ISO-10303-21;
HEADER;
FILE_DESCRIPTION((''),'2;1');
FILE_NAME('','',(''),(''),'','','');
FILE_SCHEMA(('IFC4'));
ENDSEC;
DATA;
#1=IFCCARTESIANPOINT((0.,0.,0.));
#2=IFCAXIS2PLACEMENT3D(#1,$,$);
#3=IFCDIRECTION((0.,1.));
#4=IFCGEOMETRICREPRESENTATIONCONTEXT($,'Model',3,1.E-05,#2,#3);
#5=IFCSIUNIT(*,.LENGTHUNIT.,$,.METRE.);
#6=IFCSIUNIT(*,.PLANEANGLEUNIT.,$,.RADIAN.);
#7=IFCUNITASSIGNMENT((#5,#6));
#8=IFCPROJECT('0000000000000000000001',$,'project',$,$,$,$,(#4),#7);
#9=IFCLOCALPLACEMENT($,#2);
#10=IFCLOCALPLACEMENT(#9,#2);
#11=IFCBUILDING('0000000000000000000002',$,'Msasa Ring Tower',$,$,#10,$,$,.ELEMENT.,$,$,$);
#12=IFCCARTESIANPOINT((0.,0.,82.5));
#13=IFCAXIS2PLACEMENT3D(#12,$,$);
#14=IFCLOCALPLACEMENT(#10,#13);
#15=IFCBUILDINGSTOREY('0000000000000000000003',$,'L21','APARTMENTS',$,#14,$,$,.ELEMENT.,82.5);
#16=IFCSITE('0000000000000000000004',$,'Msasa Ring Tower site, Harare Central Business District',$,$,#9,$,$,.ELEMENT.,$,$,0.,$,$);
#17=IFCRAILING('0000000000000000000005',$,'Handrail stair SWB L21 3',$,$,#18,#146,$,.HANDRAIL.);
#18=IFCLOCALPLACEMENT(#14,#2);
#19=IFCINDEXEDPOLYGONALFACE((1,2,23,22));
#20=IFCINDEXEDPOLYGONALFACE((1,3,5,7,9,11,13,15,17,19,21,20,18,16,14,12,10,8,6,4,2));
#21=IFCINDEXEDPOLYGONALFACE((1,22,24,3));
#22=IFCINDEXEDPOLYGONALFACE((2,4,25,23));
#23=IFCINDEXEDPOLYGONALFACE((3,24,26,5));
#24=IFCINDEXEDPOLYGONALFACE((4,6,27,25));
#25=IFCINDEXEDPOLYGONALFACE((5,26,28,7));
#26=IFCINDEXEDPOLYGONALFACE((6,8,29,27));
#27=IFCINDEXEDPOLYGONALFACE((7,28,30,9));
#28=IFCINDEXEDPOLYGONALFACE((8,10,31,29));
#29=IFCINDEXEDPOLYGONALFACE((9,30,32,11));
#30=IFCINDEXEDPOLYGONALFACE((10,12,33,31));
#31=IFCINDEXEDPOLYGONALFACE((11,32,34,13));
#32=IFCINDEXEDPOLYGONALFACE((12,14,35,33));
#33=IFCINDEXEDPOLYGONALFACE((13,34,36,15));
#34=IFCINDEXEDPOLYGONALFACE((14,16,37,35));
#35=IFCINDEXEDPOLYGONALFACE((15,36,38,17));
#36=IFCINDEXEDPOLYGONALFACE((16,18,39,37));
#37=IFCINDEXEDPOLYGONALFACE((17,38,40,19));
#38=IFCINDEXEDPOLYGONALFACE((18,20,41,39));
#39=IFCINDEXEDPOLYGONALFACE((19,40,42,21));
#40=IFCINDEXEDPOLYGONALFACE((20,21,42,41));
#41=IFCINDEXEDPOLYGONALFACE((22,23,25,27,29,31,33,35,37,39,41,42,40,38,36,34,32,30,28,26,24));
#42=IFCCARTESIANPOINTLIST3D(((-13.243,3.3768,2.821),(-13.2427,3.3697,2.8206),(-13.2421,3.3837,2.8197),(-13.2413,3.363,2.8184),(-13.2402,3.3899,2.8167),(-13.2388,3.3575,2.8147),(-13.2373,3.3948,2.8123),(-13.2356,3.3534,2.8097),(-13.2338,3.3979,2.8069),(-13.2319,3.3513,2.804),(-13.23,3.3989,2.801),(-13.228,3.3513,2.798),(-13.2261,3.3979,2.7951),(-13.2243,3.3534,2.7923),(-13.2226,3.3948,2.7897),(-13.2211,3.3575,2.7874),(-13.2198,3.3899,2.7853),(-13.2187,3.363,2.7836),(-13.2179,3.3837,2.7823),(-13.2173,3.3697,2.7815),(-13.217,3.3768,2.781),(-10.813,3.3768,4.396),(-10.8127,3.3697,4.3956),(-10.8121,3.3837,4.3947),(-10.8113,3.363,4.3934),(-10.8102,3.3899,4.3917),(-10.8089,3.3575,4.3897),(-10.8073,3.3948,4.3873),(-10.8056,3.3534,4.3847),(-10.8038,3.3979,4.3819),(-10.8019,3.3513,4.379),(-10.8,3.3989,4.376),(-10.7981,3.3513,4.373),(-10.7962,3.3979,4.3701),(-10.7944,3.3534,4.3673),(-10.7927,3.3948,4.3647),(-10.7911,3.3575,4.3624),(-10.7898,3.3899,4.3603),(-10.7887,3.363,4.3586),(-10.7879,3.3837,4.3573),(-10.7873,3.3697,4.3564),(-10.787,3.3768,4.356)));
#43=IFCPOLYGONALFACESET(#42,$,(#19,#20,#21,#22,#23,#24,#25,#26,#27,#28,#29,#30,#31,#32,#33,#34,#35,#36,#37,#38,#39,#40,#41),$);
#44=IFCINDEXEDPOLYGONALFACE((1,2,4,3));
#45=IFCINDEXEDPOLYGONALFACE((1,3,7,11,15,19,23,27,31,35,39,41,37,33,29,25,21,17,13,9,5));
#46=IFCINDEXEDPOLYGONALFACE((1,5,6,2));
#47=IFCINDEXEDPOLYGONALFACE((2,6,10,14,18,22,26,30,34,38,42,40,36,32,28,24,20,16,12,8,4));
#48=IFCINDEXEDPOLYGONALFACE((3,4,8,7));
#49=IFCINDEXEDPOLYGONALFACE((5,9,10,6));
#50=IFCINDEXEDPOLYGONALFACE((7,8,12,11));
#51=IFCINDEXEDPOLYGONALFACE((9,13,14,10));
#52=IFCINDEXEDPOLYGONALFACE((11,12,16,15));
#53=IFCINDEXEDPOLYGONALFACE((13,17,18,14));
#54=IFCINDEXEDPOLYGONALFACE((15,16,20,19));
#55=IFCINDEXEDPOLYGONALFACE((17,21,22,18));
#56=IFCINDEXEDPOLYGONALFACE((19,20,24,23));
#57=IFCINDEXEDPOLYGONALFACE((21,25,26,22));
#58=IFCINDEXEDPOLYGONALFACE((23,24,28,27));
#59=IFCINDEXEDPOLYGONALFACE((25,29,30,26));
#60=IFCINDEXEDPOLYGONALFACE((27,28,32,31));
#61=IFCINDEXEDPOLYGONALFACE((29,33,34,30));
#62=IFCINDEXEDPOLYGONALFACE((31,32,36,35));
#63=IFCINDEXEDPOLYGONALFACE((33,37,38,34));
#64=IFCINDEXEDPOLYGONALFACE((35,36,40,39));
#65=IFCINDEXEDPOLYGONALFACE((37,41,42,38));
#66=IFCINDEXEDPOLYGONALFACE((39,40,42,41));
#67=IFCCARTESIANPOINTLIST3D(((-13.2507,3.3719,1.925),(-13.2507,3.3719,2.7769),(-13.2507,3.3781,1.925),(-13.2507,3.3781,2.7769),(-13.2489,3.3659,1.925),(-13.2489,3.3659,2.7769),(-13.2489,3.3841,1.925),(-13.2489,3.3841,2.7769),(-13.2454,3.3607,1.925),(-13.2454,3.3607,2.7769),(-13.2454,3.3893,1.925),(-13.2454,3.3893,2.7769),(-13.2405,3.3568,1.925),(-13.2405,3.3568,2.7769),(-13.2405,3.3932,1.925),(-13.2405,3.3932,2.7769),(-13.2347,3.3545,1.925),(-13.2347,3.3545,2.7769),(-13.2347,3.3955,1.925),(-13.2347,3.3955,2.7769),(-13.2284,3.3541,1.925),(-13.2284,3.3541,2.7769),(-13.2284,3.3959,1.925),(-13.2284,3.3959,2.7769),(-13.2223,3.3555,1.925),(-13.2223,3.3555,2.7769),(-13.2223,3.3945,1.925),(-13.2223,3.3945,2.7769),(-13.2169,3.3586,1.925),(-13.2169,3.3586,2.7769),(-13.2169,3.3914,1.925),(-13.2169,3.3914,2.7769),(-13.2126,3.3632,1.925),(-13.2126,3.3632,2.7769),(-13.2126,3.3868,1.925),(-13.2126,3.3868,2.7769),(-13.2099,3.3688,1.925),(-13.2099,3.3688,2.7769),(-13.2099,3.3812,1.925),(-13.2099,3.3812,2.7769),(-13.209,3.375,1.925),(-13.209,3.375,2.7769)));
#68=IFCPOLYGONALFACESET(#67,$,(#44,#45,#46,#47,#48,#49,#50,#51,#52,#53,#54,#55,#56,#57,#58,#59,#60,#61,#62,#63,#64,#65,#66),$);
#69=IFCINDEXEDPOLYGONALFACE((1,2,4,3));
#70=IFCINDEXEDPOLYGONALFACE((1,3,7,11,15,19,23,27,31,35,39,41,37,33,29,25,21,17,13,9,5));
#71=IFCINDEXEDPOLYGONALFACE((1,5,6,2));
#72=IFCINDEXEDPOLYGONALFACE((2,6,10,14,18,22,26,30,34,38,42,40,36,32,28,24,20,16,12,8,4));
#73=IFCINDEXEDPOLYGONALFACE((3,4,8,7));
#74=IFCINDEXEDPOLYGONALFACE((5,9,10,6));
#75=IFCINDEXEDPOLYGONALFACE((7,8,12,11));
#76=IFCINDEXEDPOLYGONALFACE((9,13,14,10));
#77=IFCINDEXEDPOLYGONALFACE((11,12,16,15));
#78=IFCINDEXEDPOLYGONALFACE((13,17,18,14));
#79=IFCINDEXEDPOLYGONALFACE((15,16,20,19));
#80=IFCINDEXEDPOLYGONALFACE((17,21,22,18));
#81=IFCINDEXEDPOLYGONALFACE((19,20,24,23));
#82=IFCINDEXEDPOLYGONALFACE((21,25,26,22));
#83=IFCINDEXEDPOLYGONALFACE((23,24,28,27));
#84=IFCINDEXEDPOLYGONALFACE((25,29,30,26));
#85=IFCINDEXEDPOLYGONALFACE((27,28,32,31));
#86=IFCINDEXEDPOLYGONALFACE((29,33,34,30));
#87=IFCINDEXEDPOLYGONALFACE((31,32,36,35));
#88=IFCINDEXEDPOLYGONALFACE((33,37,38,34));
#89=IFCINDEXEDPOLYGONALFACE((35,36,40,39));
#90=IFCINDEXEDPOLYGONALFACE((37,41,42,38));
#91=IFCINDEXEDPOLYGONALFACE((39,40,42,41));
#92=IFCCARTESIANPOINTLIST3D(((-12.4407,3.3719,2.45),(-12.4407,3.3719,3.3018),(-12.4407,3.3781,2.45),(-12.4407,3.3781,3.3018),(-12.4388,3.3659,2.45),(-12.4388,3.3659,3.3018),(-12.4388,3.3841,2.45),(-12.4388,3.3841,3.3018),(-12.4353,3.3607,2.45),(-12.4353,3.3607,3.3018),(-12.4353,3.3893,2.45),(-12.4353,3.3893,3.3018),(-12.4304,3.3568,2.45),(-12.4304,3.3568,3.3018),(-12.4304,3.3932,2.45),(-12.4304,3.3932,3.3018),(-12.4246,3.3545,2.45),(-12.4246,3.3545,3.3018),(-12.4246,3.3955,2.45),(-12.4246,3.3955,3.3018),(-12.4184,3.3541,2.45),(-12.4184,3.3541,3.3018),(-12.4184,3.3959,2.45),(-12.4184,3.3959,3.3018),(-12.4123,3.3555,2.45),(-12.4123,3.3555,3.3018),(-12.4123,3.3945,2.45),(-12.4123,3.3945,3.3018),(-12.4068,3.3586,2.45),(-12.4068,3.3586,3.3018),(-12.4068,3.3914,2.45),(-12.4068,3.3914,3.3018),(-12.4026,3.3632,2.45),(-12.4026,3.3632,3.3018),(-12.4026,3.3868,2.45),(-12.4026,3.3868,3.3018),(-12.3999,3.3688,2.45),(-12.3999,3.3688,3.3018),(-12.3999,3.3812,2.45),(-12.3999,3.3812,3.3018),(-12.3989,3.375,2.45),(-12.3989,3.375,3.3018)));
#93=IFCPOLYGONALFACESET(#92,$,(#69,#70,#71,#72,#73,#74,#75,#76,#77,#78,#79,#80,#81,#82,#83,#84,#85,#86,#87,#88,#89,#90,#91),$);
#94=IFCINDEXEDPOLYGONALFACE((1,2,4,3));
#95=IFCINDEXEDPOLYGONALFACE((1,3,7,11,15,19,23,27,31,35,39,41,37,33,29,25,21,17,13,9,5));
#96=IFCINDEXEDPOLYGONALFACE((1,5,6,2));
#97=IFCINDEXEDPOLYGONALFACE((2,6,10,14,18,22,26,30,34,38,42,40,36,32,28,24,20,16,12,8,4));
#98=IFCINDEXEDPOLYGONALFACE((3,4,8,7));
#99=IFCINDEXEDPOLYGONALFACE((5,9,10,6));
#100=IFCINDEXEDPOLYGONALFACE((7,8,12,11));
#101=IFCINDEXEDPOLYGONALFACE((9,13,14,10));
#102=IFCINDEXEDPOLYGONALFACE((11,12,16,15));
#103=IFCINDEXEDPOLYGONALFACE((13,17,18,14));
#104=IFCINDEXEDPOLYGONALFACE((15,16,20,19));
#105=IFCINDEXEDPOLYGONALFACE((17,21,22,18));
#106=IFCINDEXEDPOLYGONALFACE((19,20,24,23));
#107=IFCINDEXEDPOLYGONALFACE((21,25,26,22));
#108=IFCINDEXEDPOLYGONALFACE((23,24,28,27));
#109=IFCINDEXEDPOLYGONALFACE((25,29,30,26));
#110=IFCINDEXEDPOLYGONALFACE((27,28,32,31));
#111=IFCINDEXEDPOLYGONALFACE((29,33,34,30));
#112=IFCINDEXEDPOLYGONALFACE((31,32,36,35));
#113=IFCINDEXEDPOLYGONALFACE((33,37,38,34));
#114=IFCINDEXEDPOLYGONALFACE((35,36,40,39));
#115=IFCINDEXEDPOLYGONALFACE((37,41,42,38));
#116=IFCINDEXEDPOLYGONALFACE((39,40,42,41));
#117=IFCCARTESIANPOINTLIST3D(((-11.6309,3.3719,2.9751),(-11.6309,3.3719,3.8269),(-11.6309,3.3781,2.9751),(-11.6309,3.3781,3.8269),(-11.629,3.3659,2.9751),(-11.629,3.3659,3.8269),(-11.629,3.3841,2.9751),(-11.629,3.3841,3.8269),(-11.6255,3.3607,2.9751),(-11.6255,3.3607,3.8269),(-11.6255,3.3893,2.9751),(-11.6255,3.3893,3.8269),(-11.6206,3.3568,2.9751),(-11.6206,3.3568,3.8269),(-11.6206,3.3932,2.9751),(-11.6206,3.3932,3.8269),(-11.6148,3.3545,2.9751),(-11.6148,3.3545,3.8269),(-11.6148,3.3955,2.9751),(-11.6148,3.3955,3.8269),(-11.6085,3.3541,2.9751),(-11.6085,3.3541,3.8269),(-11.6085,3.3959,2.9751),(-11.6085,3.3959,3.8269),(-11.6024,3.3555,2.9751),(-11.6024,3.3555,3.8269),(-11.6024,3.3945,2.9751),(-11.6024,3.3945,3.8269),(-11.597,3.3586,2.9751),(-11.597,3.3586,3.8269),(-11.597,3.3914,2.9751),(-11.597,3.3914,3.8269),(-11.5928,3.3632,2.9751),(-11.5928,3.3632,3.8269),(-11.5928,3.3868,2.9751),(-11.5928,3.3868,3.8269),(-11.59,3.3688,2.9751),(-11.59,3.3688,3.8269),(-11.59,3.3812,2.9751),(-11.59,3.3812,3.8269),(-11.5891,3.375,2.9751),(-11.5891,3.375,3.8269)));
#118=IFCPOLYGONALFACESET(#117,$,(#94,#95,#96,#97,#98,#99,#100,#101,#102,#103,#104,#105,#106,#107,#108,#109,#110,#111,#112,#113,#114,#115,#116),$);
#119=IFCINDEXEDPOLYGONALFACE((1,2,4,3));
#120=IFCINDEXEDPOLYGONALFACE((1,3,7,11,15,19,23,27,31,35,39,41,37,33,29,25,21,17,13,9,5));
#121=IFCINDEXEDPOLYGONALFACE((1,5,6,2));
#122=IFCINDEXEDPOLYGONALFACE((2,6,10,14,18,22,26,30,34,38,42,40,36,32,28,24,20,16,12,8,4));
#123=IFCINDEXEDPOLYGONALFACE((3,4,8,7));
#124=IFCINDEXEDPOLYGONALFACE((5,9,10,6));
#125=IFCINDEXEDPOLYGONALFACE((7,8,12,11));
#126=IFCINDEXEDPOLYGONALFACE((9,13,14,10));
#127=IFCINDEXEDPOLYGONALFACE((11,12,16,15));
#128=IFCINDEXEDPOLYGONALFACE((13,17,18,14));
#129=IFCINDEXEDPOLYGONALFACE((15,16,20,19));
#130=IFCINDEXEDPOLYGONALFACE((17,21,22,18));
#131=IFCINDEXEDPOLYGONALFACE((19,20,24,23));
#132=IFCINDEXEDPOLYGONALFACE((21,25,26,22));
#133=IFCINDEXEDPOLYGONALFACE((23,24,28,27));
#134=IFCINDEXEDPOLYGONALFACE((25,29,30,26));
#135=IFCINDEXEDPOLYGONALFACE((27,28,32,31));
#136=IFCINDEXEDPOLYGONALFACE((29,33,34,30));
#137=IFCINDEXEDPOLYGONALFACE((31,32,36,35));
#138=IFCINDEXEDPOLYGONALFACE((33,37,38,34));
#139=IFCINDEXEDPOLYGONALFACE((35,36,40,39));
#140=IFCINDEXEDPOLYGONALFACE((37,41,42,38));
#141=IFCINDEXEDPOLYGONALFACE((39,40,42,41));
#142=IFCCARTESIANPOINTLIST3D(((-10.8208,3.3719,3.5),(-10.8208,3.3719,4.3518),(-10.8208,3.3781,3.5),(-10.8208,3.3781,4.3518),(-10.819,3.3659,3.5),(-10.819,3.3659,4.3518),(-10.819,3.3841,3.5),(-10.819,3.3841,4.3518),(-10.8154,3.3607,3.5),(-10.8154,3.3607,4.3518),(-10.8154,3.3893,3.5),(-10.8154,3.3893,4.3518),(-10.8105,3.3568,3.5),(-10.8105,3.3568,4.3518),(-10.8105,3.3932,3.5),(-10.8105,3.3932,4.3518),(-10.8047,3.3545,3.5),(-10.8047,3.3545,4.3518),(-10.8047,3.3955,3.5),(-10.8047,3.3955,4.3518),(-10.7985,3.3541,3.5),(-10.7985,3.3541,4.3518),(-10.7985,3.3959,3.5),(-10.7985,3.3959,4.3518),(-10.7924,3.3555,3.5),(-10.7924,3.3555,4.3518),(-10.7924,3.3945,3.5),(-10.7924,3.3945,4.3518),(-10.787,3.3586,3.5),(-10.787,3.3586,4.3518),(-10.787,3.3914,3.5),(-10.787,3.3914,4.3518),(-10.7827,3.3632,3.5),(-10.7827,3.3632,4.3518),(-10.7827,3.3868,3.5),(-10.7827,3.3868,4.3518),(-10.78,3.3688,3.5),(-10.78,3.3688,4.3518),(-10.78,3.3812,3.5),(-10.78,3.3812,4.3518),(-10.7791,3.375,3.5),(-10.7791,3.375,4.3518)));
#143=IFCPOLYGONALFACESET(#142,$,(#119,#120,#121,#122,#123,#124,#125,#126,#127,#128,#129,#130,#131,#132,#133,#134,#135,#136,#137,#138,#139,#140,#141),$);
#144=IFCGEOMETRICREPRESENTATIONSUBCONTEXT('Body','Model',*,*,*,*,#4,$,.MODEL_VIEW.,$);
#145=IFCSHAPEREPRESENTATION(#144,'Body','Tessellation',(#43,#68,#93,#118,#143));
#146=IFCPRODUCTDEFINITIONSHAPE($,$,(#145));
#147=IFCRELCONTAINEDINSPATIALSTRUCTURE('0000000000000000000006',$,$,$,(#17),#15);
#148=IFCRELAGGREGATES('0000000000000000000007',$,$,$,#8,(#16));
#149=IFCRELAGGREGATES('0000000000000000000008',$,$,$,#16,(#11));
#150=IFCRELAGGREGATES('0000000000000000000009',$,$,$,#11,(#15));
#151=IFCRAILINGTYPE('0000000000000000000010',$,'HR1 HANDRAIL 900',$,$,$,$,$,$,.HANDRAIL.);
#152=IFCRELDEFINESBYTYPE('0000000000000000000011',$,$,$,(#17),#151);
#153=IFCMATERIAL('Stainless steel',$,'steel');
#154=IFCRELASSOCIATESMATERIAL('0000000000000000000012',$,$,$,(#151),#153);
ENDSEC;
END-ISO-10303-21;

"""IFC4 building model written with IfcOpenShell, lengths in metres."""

from ifc_helpers import new_model, si_unit, direction, frame, origin, origin_2d, place, context, subcontext, project, spatial, circle, extrude, material, type_object, element, save


model = new_model("IFC4")

# Units and contexts
model_context = context("Model", 3, precision=1e-05, world=origin(), true_north=direction((0.0, 1.0)))
body_context = subcontext(model_context, "Body", "Model", "MODEL_VIEW")
ifc_project = project(units=[si_unit("LENGTHUNIT", "METRE"), si_unit("PLANEANGLEUNIT", "RADIAN")], contexts=[model_context])

# Site, building, storey
site_placement = place(None, origin())
site = spatial("IfcSite", under=ifc_project, at=site_placement, Name="Msasa Ring Tower site, Harare Central Business District", CompositionType="ELEMENT", RefElevation=0.0)
building_placement = place(site_placement, origin())
building = spatial("IfcBuilding", under=site, at=building_placement, Name="Msasa Ring Tower", CompositionType="ELEMENT")
storey_placement = place(building_placement, frame((0.0, 0.0, 82.5)))
storey = spatial("IfcBuildingStorey", under=building, at=storey_placement, Name="L21", Description="APARTMENTS", CompositionType="ELEMENT", Elevation=82.5)

# Railing
ifc_material_1 = material(Name="Stainless steel", Category="steel")
railing_type = type_object("IfcRailingType", Name="HR1 HANDRAIL 900", PredefinedType="HANDRAIL", material=ifc_material_1)
for number, where, name in (
    (1, (-13.23, 3.375, 1.925), "Handrail stair SWB L21 3"),
):
    element("IfcRailing", number, at=place(storey_placement, frame(where)), inside=storey, type_object=railing_type, Name=name, PredefinedType="HANDRAIL", context=body_context, shape_type="SweptSolid", body=[
        extrude(circle(Radius=0.0239, at=origin_2d()), frame((0.0, 0.0, 0.876), z_axis=(0.839154, 0.0, 0.543894), x_axis=(0.0, 1.0, 0.0)), (0.0, 0.0, 1.0), 2.8958),
        extrude(circle(Radius=0.021, at=origin_2d()), origin(), (0.0, 0.0, 1.0), 0.8518),
        extrude(circle(Radius=0.021, at=origin_2d()), frame((0.8101, 0.0, 0.5249)), (0.0, 0.0, 1.0), 0.8518),
        extrude(circle(Radius=0.021, at=origin_2d()), frame((1.6199, 0.0, 1.05)), (0.0, 0.0, 1.0), 0.8518),
        extrude(circle(Radius=0.021, at=origin_2d()), frame((2.4299, 0.0, 1.575)), (0.0, 0.0, 1.0), 0.8518),
    ])

save(model, "model.ifc")
